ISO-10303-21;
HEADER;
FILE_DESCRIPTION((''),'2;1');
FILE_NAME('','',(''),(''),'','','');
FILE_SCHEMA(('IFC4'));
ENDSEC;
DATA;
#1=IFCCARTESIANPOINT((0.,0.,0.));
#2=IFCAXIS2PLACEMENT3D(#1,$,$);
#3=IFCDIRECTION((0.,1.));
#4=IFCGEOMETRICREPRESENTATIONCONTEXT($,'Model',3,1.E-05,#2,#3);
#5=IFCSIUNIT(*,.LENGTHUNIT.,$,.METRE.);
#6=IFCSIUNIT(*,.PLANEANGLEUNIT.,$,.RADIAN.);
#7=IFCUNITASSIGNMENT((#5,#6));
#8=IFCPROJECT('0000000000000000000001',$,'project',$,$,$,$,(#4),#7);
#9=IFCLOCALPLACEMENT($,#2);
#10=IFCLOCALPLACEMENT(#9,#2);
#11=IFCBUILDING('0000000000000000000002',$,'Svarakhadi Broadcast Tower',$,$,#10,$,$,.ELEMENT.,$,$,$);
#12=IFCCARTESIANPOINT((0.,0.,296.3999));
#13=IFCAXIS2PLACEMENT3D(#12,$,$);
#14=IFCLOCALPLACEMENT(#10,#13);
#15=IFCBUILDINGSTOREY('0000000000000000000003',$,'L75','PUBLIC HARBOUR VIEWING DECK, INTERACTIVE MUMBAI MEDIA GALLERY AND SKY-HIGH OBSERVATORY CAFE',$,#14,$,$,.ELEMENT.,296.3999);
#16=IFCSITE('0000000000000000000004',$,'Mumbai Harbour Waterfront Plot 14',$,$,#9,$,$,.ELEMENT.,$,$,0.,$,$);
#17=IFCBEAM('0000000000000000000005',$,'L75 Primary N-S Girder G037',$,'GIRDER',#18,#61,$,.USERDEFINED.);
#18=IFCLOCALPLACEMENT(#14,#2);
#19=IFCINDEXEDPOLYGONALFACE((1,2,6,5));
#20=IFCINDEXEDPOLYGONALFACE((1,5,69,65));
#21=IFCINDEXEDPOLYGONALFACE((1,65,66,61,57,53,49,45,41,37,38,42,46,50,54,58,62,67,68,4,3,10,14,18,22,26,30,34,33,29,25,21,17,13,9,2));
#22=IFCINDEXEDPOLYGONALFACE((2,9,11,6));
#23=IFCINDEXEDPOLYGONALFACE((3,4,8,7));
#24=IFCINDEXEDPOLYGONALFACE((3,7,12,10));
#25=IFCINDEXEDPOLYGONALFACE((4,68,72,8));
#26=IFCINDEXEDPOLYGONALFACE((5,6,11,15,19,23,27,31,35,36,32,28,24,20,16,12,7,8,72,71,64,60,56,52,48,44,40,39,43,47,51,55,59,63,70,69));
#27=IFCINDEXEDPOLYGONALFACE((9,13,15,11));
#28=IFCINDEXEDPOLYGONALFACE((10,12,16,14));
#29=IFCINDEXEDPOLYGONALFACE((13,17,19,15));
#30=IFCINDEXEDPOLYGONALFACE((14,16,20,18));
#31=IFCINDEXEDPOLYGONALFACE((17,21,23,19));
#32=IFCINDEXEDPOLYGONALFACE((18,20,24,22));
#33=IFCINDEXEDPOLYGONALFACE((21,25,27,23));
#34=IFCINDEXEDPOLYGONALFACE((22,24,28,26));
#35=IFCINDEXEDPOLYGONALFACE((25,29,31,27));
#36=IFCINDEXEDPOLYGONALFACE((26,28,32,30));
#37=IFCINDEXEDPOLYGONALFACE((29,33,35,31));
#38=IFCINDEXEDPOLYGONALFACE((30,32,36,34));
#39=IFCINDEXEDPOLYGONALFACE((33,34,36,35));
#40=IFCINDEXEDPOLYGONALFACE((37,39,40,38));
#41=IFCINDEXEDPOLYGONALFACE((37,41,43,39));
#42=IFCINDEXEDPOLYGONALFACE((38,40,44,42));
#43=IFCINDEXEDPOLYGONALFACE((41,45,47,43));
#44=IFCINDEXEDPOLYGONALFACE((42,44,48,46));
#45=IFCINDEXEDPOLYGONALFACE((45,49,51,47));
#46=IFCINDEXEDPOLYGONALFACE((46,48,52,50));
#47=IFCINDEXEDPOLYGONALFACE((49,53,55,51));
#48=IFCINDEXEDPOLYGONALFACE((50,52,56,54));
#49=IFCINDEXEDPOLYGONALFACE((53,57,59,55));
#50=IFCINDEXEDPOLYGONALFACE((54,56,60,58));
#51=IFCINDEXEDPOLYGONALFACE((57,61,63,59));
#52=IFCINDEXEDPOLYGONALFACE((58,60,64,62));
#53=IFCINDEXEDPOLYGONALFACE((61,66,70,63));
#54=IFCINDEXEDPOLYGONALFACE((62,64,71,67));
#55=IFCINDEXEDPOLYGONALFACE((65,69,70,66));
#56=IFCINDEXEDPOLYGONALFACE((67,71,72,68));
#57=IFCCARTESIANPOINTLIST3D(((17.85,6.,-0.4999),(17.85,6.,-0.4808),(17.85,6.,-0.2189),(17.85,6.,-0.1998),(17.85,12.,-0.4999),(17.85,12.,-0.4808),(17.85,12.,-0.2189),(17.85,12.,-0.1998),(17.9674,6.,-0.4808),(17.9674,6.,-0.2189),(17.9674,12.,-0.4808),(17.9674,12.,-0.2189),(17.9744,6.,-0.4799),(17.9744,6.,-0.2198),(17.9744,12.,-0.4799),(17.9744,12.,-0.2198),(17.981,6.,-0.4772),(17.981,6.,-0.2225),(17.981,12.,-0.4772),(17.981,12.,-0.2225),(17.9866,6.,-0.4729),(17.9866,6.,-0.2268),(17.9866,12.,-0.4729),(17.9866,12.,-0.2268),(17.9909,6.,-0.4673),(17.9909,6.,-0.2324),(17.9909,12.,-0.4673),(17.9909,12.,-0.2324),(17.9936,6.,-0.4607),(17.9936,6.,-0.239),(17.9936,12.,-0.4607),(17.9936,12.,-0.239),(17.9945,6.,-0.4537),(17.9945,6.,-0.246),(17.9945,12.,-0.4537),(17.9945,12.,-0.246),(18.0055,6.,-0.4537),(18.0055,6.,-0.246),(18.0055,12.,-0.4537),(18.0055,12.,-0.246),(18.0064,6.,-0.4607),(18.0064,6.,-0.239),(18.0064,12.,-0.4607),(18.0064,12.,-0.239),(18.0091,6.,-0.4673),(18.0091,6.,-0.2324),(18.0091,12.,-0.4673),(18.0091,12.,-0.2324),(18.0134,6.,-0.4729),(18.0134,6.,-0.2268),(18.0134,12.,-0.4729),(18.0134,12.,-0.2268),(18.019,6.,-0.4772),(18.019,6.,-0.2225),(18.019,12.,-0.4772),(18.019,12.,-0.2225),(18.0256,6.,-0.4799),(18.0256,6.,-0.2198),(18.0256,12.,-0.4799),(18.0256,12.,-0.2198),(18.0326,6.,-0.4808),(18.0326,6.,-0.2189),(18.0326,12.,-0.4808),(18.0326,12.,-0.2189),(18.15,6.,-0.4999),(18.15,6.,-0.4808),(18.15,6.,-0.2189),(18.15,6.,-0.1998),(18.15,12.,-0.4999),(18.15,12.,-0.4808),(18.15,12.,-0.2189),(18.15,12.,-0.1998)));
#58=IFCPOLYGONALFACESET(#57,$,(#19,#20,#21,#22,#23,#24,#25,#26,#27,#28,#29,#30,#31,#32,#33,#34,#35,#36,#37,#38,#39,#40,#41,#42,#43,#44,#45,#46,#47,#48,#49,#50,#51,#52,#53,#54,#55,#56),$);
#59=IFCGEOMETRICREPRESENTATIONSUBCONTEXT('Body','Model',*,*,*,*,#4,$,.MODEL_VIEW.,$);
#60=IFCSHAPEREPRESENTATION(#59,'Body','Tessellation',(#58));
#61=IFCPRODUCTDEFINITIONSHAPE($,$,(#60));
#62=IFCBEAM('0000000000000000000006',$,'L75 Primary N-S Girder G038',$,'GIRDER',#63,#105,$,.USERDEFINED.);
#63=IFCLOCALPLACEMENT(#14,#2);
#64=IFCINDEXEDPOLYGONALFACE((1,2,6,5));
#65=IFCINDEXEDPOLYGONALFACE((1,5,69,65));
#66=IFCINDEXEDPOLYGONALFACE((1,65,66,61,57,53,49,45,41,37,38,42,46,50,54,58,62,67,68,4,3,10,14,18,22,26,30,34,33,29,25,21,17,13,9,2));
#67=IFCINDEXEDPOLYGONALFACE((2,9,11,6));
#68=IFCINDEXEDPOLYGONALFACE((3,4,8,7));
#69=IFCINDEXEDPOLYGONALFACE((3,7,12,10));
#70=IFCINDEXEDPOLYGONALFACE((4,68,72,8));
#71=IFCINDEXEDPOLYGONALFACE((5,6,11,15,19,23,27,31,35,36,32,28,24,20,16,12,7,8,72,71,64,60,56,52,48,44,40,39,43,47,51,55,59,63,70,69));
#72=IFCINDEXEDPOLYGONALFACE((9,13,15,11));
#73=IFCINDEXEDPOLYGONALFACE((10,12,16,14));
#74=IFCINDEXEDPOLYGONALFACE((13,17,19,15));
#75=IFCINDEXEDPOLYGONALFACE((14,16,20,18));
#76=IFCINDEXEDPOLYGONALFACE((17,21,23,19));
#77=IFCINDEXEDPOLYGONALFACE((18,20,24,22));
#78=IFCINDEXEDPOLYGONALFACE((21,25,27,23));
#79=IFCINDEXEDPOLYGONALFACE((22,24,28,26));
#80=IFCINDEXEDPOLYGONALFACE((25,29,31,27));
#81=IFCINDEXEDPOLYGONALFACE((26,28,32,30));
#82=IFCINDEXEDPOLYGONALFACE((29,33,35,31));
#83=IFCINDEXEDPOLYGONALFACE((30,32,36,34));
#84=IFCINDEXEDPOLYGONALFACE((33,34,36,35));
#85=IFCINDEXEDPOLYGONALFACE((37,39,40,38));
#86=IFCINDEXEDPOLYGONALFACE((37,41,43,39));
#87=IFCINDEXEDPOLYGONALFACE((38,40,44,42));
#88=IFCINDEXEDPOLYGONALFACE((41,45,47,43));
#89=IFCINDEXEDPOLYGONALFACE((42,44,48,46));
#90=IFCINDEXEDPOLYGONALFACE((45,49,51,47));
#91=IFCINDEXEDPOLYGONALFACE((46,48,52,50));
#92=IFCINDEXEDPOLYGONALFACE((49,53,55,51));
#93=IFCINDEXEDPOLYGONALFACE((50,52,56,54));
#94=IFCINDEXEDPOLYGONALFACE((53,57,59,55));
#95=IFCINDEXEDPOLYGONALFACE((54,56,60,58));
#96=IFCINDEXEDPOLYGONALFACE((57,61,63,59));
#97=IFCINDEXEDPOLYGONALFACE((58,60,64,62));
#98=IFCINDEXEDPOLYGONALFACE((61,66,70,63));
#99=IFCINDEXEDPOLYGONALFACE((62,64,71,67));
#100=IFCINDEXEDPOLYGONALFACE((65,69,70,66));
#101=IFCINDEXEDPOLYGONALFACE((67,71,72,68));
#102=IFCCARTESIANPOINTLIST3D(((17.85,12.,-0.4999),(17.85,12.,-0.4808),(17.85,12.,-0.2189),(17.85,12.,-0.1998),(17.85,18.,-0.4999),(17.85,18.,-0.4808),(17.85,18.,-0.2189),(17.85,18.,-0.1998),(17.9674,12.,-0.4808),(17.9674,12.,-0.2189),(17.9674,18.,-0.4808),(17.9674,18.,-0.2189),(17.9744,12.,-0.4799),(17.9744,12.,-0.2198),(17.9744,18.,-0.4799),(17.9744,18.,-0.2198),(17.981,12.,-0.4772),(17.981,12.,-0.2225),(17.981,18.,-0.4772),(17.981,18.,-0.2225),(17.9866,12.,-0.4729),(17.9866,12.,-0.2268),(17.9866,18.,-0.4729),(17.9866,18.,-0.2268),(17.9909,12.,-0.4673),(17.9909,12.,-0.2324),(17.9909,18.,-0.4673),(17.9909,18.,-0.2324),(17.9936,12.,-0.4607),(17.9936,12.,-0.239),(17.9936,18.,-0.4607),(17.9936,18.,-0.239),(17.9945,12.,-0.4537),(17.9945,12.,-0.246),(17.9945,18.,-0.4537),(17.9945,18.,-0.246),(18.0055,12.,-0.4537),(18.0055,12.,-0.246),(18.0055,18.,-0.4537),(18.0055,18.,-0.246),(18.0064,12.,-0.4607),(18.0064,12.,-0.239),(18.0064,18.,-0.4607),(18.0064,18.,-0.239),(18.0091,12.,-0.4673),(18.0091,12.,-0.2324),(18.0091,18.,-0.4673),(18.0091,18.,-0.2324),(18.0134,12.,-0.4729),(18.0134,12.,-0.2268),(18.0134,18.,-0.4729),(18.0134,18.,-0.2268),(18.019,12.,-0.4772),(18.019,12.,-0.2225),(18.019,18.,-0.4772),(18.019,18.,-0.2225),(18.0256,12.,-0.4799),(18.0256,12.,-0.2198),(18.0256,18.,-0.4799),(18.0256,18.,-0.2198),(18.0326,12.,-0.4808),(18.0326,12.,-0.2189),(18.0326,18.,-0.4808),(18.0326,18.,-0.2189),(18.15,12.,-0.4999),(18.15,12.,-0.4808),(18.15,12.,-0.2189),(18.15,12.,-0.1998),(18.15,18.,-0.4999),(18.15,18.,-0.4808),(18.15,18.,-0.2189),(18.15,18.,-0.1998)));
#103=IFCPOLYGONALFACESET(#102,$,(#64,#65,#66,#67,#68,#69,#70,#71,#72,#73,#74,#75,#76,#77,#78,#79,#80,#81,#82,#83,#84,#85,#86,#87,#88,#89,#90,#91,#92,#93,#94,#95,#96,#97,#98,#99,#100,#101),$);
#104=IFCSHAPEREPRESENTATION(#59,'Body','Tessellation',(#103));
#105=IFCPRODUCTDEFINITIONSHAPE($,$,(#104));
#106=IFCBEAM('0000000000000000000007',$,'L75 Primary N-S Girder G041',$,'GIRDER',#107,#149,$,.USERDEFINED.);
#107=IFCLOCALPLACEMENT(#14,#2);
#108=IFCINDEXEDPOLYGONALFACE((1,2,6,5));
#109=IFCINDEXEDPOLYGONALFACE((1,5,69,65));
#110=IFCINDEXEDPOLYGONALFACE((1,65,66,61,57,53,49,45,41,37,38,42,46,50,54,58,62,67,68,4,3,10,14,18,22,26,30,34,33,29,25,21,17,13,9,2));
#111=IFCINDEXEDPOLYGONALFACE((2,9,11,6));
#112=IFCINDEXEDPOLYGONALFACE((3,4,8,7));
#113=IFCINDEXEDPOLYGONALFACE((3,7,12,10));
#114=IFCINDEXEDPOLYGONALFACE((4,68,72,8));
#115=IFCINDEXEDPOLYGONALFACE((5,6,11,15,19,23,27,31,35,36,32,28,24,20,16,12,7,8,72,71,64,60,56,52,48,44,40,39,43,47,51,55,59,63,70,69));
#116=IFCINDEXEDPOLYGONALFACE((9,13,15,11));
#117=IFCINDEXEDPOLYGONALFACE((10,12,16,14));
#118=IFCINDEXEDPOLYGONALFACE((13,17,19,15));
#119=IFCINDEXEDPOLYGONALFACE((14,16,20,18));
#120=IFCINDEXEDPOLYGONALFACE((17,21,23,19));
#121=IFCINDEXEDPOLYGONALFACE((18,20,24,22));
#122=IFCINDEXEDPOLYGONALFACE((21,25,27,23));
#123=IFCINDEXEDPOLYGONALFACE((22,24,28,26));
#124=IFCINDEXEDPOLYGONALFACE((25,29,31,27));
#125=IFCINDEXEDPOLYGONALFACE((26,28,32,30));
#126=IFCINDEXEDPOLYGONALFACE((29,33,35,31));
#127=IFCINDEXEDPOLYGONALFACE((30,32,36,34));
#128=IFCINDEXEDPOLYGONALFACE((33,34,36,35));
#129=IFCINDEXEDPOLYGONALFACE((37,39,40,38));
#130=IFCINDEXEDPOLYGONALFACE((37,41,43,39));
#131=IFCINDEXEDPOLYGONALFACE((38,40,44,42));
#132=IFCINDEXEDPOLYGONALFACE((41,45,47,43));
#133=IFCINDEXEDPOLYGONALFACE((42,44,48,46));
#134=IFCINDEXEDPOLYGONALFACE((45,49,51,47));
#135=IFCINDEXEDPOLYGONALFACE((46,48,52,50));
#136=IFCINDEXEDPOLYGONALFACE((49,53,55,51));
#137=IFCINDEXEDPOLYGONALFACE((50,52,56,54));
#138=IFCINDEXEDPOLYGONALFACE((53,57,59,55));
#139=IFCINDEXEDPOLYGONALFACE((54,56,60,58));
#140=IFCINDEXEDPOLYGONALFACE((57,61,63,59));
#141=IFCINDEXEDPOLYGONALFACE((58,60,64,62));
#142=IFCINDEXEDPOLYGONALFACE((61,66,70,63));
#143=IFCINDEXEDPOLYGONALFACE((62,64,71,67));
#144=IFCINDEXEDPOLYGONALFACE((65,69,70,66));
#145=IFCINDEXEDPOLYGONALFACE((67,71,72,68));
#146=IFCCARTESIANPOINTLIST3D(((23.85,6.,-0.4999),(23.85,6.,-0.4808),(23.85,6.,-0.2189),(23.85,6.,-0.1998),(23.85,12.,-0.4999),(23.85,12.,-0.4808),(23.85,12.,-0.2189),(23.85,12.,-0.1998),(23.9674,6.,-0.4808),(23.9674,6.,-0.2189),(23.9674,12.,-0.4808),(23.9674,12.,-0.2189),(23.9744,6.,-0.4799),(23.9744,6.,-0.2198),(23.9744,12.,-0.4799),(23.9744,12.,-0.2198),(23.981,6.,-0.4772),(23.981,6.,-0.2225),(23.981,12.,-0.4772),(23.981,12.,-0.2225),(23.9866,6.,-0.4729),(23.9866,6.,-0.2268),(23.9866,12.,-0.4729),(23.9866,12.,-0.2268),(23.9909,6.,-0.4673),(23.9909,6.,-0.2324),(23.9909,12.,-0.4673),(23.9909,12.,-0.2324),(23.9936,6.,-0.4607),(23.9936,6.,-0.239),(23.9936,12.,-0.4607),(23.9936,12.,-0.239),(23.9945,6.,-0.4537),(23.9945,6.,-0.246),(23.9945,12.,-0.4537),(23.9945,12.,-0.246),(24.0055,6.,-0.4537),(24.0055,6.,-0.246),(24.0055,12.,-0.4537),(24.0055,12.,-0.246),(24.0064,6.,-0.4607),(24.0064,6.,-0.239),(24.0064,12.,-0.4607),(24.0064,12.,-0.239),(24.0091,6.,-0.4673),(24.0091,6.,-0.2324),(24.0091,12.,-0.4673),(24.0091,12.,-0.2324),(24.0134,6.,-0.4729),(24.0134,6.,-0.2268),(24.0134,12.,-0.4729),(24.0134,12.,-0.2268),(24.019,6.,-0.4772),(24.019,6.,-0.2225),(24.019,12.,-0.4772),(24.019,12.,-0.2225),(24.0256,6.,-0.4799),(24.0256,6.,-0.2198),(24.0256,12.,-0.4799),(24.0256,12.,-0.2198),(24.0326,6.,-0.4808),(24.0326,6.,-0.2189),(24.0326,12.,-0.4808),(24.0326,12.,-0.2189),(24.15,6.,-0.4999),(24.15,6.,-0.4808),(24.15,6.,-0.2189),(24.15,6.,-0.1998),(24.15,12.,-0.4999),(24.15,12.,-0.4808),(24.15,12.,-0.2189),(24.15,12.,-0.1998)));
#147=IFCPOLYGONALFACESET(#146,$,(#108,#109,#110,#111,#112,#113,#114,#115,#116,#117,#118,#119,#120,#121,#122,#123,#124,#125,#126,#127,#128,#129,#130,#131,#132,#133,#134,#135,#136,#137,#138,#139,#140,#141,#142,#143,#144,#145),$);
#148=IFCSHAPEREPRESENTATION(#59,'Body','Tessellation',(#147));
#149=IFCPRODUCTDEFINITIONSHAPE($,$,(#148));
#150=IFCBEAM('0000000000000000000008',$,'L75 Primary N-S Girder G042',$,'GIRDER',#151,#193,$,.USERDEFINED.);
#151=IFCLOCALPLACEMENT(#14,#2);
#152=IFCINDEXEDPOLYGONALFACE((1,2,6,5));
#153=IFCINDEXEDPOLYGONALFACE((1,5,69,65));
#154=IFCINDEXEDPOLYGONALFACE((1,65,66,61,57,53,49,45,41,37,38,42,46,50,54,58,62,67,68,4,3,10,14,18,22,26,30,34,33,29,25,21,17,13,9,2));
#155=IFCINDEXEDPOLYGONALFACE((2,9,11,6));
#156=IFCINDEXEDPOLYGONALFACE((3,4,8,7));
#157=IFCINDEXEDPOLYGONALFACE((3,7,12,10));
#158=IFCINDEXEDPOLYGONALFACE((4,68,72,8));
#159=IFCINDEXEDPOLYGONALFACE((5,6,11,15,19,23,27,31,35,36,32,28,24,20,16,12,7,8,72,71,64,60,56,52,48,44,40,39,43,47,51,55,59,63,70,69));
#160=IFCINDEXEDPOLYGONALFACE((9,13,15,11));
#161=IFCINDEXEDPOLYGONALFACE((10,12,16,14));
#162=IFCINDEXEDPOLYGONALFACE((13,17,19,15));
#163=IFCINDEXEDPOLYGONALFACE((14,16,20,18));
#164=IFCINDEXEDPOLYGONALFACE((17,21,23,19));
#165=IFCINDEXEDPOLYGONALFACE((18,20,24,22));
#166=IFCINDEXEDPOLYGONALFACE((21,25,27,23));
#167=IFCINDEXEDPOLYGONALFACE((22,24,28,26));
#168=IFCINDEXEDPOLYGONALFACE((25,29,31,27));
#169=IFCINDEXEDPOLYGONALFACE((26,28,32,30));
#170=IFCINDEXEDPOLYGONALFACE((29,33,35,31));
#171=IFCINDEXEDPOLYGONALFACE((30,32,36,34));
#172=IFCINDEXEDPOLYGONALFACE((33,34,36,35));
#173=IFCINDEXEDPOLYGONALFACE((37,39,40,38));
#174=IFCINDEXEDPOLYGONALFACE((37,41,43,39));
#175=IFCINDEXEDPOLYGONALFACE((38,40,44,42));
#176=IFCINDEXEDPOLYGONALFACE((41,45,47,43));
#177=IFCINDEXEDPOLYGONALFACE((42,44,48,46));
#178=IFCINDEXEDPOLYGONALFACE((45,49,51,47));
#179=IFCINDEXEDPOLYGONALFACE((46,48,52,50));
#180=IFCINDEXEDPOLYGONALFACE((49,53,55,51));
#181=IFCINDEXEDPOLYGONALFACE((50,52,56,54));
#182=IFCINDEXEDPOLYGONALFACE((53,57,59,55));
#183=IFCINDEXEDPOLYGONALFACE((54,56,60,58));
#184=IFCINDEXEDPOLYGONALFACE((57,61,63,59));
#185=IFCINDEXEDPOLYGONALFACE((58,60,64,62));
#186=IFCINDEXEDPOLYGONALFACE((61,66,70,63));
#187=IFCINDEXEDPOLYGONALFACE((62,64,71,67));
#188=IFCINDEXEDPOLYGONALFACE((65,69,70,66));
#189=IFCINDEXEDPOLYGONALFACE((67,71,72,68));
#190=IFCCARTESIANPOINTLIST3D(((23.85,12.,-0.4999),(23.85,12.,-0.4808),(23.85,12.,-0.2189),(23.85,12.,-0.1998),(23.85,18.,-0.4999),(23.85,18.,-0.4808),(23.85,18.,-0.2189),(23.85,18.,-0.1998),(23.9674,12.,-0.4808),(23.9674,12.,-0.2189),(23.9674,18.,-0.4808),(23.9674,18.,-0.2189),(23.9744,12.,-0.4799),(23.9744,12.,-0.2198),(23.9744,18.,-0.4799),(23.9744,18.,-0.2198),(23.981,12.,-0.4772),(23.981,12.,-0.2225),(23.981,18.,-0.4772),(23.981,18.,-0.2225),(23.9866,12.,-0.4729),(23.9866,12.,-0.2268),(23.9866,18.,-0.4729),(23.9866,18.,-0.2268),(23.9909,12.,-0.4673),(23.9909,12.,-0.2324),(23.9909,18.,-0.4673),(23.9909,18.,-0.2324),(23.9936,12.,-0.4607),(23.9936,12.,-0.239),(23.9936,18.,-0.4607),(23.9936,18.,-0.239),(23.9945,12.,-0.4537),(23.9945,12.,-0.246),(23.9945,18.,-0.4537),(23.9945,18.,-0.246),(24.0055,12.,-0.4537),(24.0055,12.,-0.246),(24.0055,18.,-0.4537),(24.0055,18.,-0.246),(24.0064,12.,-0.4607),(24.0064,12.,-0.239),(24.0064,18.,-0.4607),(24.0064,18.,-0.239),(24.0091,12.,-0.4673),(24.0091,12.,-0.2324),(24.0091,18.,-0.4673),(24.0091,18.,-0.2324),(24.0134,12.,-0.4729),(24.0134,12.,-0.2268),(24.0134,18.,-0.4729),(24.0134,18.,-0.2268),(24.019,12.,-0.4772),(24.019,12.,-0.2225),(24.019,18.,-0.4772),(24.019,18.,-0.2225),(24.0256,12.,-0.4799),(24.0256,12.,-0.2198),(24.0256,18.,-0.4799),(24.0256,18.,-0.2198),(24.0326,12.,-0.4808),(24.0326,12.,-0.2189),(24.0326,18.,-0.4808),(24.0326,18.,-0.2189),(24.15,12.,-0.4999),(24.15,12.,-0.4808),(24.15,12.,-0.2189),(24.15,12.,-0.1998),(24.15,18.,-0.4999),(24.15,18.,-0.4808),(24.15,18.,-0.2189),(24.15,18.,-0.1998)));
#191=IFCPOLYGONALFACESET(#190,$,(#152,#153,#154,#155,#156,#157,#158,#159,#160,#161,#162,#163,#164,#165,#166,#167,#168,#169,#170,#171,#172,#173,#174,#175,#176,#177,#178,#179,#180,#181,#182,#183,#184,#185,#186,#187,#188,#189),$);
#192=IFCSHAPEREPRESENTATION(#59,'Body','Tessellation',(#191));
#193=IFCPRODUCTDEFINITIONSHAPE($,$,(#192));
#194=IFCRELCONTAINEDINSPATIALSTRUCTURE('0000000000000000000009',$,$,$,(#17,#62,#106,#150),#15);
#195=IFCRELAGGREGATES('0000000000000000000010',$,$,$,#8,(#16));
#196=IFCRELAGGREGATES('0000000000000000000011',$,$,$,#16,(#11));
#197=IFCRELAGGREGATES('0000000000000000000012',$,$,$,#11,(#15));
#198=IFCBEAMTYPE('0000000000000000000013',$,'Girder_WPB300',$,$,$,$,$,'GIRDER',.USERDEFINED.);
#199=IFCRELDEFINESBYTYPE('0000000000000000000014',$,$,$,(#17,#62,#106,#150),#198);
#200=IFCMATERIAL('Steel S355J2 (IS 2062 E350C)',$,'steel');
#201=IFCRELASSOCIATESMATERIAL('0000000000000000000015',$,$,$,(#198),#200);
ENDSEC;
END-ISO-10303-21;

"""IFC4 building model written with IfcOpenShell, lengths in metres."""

from ifc_helpers import new_model, si_unit, direction, frame, origin, origin_2d, place, context, subcontext, project, spatial, i_section, extrude, material, material_profile, profile_set, type_object, element, save


model = new_model("IFC4")

# Units and contexts
model_context = context("Model", 3, precision=1e-05, world=origin(), true_north=direction((0.0, 1.0)))
body_context = subcontext(model_context, "Body", "Model", "MODEL_VIEW")
ifc_project = project(units=[si_unit("LENGTHUNIT", "METRE"), si_unit("PLANEANGLEUNIT", "RADIAN")], contexts=[model_context])

# Site, building, storey
site_placement = place(None, origin())
site = spatial("IfcSite", under=ifc_project, at=site_placement, Name="Mumbai Harbour Waterfront Plot 14", CompositionType="ELEMENT", RefElevation=0.0)
building_placement = place(site_placement, origin())
building = spatial("IfcBuilding", under=site, at=building_placement, Name="Svarakhadi Broadcast Tower", CompositionType="ELEMENT")
storey_placement = place(building_placement, frame((0.0, 0.0, 296.3999)))
storey = spatial("IfcBuildingStorey", under=building, at=storey_placement, Name="L75", Description="PUBLIC HARBOUR VIEWING DECK, INTERACTIVE MUMBAI MEDIA GALLERY AND SKY-HIGH OBSERVATORY CAFE", CompositionType="ELEMENT", Elevation=296.3999)

# Beams
ifc_material_1 = material(Name="Steel S355J2 (IS 2062 E350C)", Category="steel")
ifc_material_profile_1 = material_profile(ifc_material_1, i_section(OverallWidth=0.3, OverallDepth=0.3, WebThickness=0.011, FlangeThickness=0.019, FilletRadius=0.0271, at=origin_2d()), Name="WPB 300x300x117")
ifc_profile_set_1 = profile_set([ifc_material_profile_1], Name="Steel S355J2 (IS 2062 E350C)")
beam_type_1 = type_object("IfcBeamType", Name="Girder_WPB300", ElementType="GIRDER", PredefinedType="USERDEFINED", material=ifc_profile_set_1)
for number, where, z_axis, x_axis, name in (
    (1, (18.0, 6.0, -0.3499), (0.0, 1.0, 0.0), (-1.0, 0.0, 0.0), "L75 Primary N-S Girder G037"),
    (2, (18.0, 12.0, -0.3499), (0.0, 1.0, 0.0), (-1.0, 0.0, 0.0), "L75 Primary N-S Girder G038"),
    (3, (24.0, 6.0, -0.3499), (0.0, 1.0, 0.0), (-1.0, 0.0, 0.0), "L75 Primary N-S Girder G041"),
    (4, (24.0, 12.0, -0.3499), (0.0, 1.0, 0.0), (-1.0, 0.0, 0.0), "L75 Primary N-S Girder G042"),
):
    element("IfcBeam", number, at=place(storey_placement, frame(where, z_axis=z_axis, x_axis=x_axis)), inside=storey, type_object=beam_type_1, Name=name, ObjectType="GIRDER", PredefinedType="USERDEFINED", context=body_context, shape_type="SweptSolid", body=[
        extrude(i_section(OverallWidth=0.3, OverallDepth=0.3, WebThickness=0.011, FlangeThickness=0.019, FilletRadius=0.0271, at=origin_2d()), origin(), (0.0, 0.0, 1.0), 6.0),
    ])

save(model, "model.ifc")
